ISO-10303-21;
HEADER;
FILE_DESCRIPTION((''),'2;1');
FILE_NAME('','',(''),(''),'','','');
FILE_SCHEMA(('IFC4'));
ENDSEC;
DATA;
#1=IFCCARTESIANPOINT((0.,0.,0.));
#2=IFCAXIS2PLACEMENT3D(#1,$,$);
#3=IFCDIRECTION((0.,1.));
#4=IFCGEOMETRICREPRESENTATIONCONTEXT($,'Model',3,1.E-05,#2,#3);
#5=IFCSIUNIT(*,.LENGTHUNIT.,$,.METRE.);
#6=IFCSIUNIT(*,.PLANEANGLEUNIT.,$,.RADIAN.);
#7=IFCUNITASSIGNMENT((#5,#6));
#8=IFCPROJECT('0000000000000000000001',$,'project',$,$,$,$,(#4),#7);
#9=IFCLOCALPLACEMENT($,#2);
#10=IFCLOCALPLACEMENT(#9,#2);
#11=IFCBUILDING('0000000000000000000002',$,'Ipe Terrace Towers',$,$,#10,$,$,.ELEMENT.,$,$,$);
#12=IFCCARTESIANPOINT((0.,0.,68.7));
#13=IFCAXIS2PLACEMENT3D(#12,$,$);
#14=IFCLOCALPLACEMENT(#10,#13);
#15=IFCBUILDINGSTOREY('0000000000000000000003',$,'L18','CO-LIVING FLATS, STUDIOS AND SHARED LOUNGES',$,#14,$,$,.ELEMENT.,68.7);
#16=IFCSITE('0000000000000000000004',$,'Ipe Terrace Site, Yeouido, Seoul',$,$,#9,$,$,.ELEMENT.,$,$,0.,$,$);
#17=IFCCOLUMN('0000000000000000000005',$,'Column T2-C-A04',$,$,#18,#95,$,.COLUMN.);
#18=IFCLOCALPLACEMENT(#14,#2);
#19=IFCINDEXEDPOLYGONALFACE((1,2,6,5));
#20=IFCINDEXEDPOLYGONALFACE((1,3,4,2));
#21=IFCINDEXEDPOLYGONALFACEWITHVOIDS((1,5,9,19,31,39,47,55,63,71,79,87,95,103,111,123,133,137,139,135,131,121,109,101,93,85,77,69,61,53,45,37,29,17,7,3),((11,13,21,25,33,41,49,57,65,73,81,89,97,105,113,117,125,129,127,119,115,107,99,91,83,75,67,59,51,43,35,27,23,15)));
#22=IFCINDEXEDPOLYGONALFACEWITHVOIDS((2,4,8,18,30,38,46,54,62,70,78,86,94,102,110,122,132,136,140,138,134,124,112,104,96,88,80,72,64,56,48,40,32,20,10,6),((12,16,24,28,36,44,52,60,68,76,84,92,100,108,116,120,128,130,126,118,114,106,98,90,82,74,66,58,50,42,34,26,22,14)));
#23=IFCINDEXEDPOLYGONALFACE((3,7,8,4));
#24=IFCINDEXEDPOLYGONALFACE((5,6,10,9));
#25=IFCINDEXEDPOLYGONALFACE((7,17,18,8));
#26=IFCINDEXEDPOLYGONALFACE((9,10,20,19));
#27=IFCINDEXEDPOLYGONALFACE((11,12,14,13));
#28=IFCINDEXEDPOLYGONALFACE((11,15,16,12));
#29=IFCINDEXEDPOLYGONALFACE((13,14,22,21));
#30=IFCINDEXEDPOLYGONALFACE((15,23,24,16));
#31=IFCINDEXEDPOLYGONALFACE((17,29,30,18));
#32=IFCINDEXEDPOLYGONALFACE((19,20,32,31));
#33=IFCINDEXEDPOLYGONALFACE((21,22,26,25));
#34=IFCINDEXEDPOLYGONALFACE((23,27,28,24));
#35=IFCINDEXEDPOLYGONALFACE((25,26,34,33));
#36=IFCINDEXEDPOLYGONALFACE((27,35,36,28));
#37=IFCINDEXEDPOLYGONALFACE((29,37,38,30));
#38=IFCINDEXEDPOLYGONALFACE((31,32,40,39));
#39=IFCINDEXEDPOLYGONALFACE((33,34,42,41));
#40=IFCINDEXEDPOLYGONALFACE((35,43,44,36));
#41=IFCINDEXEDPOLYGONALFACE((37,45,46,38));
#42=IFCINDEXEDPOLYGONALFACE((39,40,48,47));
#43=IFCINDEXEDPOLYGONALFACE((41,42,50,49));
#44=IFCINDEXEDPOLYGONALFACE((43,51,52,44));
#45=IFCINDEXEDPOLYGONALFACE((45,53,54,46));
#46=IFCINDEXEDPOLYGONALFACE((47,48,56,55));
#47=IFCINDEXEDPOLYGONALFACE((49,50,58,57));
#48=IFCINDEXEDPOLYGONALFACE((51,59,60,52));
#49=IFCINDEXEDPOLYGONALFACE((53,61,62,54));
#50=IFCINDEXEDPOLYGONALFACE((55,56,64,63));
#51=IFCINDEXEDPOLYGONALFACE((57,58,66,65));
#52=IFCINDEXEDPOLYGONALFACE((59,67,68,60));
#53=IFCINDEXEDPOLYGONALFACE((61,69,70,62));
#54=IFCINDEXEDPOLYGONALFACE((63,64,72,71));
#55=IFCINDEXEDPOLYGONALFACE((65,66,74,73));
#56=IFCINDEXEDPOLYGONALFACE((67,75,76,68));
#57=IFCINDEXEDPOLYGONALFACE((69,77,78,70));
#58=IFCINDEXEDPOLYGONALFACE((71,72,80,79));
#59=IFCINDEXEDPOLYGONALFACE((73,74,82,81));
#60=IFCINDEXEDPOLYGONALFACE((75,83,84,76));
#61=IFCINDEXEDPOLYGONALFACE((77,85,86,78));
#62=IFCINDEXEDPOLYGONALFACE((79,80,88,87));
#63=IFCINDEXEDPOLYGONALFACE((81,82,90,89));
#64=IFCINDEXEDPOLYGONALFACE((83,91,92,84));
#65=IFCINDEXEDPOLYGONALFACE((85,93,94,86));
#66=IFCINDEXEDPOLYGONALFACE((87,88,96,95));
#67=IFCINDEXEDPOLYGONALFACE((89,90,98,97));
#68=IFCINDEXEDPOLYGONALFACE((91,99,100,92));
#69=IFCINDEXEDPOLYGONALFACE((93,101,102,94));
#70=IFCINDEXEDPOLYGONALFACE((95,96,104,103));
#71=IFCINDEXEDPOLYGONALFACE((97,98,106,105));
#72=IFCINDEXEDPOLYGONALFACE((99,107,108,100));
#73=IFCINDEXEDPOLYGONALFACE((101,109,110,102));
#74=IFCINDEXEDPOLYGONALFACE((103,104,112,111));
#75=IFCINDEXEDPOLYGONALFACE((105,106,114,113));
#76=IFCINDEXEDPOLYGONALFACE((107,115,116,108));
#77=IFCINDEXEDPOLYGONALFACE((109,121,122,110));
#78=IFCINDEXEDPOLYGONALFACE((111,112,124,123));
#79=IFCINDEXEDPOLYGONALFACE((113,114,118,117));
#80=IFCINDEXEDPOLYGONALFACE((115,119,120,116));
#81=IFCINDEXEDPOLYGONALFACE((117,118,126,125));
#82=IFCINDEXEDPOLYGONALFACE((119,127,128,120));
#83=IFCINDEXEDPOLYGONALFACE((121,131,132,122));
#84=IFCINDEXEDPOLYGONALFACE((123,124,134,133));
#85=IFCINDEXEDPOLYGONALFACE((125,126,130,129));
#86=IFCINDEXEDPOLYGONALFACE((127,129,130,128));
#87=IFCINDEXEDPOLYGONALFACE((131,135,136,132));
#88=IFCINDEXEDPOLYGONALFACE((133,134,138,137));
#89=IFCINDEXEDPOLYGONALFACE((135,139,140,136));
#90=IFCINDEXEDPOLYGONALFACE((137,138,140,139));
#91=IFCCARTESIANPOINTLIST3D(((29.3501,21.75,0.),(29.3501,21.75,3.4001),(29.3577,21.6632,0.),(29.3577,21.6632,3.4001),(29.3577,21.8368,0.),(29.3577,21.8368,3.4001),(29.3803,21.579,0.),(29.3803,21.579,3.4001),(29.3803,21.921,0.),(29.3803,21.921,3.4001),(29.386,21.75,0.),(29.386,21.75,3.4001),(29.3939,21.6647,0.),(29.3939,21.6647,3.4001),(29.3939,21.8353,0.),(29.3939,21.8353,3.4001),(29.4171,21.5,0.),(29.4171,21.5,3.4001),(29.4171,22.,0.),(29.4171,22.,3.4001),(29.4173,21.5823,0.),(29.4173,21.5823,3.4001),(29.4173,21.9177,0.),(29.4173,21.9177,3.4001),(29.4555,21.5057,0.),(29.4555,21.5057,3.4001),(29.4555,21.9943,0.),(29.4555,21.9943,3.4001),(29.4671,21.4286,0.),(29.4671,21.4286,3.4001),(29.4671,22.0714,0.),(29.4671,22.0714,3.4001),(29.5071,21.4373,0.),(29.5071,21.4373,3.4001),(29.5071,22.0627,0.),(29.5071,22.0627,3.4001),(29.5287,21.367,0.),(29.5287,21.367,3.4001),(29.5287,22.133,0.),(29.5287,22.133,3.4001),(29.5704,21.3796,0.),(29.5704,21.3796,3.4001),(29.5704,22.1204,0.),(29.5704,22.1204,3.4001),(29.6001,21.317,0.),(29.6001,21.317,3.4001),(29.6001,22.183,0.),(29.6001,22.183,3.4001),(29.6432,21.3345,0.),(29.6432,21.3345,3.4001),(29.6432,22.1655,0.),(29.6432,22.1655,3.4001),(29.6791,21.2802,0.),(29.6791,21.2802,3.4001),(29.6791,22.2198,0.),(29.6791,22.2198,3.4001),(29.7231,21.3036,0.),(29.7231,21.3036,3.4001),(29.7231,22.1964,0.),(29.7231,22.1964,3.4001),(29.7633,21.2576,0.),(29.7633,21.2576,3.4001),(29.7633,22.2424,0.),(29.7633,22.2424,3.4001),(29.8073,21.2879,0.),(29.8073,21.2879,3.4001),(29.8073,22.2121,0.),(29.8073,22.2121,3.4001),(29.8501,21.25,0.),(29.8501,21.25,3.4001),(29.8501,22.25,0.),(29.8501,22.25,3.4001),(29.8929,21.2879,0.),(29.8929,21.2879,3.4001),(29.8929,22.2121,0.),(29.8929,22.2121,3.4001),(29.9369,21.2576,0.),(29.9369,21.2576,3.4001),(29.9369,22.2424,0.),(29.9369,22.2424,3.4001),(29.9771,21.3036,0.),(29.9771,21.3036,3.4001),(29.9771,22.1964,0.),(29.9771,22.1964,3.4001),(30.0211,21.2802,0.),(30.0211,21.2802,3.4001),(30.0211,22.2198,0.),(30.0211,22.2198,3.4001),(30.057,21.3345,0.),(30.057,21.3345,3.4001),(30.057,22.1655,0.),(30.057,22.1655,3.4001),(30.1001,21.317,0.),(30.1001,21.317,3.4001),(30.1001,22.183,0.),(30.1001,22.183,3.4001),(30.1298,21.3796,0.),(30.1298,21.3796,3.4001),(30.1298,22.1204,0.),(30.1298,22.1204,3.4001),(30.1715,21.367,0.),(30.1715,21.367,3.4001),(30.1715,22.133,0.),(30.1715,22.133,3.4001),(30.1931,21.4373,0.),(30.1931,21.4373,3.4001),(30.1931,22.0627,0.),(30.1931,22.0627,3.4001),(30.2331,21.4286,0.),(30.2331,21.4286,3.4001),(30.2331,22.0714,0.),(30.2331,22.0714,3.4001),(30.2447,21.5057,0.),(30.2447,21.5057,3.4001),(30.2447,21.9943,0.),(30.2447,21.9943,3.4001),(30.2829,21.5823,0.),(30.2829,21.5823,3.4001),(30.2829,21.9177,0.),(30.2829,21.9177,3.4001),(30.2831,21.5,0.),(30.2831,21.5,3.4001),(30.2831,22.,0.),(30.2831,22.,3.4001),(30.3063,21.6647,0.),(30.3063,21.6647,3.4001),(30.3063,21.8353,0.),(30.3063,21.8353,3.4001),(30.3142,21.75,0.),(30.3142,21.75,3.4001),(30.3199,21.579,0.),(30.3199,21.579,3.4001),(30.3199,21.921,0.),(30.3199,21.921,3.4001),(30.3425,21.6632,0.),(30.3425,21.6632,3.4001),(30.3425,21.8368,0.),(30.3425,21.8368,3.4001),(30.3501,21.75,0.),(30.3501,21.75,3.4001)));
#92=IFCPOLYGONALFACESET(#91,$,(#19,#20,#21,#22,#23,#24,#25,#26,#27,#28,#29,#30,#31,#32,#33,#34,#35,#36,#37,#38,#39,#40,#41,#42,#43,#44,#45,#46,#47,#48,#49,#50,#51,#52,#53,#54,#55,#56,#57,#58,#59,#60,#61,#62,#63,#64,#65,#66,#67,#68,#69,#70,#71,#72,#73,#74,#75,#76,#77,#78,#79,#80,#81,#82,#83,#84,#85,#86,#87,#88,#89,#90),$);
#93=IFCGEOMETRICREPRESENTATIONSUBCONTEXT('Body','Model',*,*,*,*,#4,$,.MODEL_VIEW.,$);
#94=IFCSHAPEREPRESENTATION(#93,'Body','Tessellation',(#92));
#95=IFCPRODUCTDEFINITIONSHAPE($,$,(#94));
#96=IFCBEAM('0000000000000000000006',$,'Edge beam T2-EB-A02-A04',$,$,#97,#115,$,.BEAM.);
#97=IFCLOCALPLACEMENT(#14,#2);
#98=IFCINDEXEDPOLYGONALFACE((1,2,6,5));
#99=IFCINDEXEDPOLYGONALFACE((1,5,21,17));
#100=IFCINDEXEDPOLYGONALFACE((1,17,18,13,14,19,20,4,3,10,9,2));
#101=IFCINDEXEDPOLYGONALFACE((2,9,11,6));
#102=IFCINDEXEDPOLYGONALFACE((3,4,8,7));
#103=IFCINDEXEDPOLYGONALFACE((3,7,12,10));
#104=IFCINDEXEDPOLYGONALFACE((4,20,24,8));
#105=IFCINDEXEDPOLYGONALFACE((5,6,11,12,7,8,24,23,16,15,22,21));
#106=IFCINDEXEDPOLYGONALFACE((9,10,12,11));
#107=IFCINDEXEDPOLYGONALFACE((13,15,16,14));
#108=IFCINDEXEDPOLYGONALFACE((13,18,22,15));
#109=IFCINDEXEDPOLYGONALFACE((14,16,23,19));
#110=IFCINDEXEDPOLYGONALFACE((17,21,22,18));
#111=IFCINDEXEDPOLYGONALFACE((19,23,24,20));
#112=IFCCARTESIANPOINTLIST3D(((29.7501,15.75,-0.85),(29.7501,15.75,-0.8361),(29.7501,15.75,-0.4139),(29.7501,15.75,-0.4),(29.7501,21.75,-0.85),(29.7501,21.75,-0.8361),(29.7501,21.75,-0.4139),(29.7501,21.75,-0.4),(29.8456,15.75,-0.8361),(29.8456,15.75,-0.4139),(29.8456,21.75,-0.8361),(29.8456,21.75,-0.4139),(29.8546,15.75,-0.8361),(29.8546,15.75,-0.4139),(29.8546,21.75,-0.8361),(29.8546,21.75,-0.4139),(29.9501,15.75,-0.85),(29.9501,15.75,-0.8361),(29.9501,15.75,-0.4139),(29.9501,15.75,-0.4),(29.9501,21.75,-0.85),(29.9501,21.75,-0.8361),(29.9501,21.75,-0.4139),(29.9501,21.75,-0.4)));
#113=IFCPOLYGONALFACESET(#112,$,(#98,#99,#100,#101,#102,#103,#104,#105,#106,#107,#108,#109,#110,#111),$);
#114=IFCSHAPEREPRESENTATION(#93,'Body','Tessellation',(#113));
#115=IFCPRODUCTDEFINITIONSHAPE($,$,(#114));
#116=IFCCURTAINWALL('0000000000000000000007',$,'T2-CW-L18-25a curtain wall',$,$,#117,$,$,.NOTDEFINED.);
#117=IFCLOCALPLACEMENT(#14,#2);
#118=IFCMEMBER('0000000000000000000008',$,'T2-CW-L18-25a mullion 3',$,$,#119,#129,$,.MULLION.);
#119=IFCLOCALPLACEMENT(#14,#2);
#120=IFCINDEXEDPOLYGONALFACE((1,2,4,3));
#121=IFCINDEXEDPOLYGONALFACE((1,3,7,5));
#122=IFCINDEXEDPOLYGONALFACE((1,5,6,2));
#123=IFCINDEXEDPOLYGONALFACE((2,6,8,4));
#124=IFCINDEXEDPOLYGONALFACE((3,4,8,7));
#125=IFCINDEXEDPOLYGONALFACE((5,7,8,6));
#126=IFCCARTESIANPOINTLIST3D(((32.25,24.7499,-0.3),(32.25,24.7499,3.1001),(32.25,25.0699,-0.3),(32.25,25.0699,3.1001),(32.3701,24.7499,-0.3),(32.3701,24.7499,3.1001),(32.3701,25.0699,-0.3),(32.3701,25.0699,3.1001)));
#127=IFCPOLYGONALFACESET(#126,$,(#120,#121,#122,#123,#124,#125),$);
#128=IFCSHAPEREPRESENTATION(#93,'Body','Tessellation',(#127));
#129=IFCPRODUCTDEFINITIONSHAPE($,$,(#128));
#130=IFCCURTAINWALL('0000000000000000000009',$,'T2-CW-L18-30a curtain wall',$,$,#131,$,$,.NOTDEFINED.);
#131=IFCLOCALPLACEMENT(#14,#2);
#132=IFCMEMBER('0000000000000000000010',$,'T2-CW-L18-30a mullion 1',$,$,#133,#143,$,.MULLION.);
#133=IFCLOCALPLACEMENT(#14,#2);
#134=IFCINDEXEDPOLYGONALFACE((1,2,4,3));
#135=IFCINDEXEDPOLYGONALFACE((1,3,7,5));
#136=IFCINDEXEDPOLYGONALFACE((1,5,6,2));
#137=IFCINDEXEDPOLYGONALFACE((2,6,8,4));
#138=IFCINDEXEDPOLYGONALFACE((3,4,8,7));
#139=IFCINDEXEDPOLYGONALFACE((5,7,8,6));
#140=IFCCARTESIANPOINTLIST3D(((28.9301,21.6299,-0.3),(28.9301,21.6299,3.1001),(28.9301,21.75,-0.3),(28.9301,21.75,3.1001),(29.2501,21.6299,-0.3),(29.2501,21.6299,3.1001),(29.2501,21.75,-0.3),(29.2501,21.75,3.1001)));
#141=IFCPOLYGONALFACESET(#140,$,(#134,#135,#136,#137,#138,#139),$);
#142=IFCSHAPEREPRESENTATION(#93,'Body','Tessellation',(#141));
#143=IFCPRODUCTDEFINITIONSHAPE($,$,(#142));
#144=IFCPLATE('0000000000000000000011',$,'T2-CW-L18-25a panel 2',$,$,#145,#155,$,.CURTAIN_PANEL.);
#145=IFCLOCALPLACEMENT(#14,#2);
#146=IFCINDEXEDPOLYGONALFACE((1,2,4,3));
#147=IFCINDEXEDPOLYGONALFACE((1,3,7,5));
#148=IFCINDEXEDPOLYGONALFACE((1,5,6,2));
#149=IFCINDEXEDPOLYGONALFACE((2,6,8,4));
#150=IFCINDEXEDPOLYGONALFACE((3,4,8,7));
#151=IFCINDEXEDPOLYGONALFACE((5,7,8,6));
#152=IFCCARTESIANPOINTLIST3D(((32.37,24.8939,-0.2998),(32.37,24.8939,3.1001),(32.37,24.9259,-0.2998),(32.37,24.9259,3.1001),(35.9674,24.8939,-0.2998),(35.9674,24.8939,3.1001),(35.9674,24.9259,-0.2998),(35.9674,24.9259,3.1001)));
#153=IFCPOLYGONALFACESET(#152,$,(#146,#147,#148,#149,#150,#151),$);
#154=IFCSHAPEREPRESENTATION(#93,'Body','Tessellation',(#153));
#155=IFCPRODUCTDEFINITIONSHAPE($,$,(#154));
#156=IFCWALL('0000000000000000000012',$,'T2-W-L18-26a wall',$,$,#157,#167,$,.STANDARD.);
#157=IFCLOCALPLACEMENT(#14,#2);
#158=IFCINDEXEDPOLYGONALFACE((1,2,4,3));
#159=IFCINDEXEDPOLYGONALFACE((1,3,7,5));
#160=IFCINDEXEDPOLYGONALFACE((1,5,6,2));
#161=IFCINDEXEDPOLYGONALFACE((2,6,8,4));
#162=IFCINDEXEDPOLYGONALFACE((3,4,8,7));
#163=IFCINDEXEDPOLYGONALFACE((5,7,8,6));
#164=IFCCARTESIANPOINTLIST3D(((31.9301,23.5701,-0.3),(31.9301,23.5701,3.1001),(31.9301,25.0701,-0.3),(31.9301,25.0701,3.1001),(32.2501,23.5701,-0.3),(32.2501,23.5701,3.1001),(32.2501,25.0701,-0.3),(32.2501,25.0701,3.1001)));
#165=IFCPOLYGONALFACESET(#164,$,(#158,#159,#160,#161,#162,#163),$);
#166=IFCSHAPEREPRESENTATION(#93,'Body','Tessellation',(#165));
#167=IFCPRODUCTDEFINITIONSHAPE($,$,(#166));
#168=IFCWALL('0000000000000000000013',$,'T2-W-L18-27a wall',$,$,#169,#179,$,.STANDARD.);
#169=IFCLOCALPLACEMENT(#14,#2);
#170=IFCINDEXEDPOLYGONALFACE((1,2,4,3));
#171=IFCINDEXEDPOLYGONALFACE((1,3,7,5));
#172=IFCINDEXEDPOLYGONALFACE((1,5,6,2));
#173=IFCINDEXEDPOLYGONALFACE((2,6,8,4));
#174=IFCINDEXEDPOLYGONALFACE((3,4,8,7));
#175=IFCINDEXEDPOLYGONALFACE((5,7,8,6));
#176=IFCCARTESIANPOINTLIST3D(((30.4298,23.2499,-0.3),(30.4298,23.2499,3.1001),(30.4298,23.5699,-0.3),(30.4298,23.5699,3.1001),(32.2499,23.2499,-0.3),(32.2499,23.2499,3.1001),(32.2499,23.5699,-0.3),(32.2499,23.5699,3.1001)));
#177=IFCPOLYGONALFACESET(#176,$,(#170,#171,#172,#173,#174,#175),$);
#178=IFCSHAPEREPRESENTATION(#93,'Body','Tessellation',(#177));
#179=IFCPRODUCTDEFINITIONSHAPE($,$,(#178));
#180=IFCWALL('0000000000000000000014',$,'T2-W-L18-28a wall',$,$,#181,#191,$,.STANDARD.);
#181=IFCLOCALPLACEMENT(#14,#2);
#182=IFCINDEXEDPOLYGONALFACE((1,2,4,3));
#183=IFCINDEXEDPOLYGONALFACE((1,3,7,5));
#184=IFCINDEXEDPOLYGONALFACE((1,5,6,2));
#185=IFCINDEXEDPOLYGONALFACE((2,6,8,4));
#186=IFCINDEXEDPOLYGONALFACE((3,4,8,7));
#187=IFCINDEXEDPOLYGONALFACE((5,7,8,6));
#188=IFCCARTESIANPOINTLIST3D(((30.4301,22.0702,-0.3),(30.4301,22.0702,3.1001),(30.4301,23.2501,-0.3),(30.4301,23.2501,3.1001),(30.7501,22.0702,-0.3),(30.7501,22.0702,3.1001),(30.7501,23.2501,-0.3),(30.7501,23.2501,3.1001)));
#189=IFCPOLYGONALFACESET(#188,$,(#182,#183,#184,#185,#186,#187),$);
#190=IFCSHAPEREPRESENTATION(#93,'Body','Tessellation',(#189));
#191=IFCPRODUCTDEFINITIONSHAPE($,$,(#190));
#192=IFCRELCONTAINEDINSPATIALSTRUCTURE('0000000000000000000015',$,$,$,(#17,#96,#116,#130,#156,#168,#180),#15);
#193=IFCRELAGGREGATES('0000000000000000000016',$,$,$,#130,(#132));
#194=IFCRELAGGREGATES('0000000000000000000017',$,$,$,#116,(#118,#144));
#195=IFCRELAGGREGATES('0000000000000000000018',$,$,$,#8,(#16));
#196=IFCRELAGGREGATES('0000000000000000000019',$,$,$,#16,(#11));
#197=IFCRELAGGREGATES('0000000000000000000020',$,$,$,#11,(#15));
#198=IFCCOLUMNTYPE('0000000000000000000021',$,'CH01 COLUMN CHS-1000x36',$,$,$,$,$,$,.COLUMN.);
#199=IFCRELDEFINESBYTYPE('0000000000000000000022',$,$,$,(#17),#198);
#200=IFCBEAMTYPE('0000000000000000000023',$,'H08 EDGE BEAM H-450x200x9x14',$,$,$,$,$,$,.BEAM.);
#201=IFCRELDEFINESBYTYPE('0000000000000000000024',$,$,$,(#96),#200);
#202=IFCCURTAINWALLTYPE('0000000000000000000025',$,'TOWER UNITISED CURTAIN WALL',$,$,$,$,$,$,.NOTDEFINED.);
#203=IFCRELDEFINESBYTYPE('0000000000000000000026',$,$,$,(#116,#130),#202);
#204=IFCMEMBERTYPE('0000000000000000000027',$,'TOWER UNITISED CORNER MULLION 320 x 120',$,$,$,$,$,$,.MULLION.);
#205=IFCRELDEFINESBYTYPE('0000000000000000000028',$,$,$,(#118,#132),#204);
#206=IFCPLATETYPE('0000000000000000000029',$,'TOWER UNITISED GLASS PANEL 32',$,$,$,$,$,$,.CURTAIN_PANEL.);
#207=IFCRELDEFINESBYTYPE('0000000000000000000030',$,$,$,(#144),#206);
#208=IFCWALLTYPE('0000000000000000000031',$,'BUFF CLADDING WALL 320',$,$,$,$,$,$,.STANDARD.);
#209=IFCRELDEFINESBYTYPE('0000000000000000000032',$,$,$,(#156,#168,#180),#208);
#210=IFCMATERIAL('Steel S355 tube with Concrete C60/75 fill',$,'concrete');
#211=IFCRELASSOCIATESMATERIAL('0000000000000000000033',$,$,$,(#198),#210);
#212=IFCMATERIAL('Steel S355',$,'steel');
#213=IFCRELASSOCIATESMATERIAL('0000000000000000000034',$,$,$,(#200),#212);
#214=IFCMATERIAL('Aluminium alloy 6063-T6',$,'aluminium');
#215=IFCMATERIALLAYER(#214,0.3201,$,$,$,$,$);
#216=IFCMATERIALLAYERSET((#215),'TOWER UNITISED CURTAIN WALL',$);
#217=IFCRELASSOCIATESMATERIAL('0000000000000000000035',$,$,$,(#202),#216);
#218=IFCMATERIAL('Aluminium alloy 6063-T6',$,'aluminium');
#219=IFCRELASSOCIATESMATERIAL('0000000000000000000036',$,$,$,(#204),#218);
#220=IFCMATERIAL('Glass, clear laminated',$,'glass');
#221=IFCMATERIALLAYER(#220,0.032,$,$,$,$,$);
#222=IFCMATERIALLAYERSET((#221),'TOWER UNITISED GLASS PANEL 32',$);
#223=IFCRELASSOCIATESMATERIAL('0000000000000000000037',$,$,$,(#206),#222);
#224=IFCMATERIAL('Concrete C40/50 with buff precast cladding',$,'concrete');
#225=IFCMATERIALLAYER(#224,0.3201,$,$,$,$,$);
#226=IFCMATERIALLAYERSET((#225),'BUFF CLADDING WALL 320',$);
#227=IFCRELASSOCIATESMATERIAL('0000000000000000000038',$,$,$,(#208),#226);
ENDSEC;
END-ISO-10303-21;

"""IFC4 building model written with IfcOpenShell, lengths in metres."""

from ifc_helpers import new_model, si_unit, direction, frame, frame_2d, origin, origin_2d, place, context, subcontext, project, spatial, rectangle, hollow_circle, i_section, extrude, material, layer, layer_set, material_profile, profile_set, type_object, element, aggregate, save


model = new_model("IFC4")

# Units and contexts
model_context = context("Model", 3, precision=1e-05, world=origin(), true_north=direction((0.0, 1.0)))
body_context = subcontext(model_context, "Body", "Model", "MODEL_VIEW")
ifc_project = project(units=[si_unit("LENGTHUNIT", "METRE"), si_unit("PLANEANGLEUNIT", "RADIAN")], contexts=[model_context])

# Site, building, storey
site_placement = place(None, origin())
site = spatial("IfcSite", under=ifc_project, at=site_placement, Name="Ipe Terrace Site, Yeouido, Seoul", CompositionType="ELEMENT", RefElevation=0.0)
building_placement = place(site_placement, origin())
building = spatial("IfcBuilding", under=site, at=building_placement, Name="Ipe Terrace Towers", CompositionType="ELEMENT")
storey_placement = place(building_placement, frame((0.0, 0.0, 68.7)))
storey = spatial("IfcBuildingStorey", under=building, at=storey_placement, Name="L18", Description="CO-LIVING FLATS, STUDIOS AND SHARED LOUNGES", CompositionType="ELEMENT", Elevation=68.7)

# Column
ifc_material_1 = material(Name="Steel S355 tube with Concrete C60/75 fill", Category="concrete")
ifc_material_profile_1 = material_profile(ifc_material_1, hollow_circle(Radius=0.5, WallThickness=0.0359, at=origin_2d()), Name="CHS-1000x36")
ifc_profile_set_1 = profile_set([ifc_material_profile_1], Name="Steel S355 tube with Concrete C60/75 fill")
column_type = type_object("IfcColumnType", Name="CH01 COLUMN CHS-1000x36", PredefinedType="COLUMN", material=ifc_profile_set_1)
column_placement = place(storey_placement, frame((29.8501, 21.75, 0.0), z_axis=(0.0, 0.0, 1.0), x_axis=(1.0, 0.0, 0.0)))
element("IfcColumn", 1, at=column_placement, inside=storey, type_object=column_type, Name="Column T2-C-A04", PredefinedType="COLUMN", context=body_context, shape_type="SweptSolid", body=[
    extrude(hollow_circle(Radius=0.5, WallThickness=0.0359, at=origin_2d()), origin(), (0.0, 0.0, 1.0), 3.4001),
])

# Beam
ifc_material_2 = material(Name="Steel S355", Category="steel")
ifc_material_profile_2 = material_profile(ifc_material_2, i_section(OverallWidth=0.2, OverallDepth=0.45, WebThickness=0.009, FlangeThickness=0.0139, at=origin_2d()), Name="H-450x200x9x14")
ifc_profile_set_2 = profile_set([ifc_material_profile_2], Name="Steel S355")
beam_type = type_object("IfcBeamType", Name="H08 EDGE BEAM H-450x200x9x14", PredefinedType="BEAM", material=ifc_profile_set_2)
beam_placement = place(storey_placement, frame((29.8501, 15.75, -0.625), z_axis=(0.0, 1.0, 0.0), x_axis=(-1.0, 0.0, 0.0)))
element("IfcBeam", 2, at=beam_placement, inside=storey, type_object=beam_type, Name="Edge beam T2-EB-A02-A04", PredefinedType="BEAM", context=body_context, shape_type="SweptSolid", body=[
    extrude(i_section(OverallWidth=0.2, OverallDepth=0.45, WebThickness=0.009, FlangeThickness=0.0139, at=origin_2d()), origin(), (0.0, 0.0, 1.0), 6.0),
])

# Curtain walls, members
ifc_material_3 = material(Name="Aluminium alloy 6063-T6", Category="aluminium")
ifc_layer_1 = layer(ifc_material_3, 0.3201)
ifc_layer_set_1 = layer_set([ifc_layer_1], Name="TOWER UNITISED CURTAIN WALL")
curtain_wall_type = type_object("IfcCurtainWallType", Name="TOWER UNITISED CURTAIN WALL", PredefinedType="NOTDEFINED", material=ifc_layer_set_1)
curtain_wall_1_placement = place(storey_placement, origin())
curtain_wall_1 = element("IfcCurtainWall", 3, at=curtain_wall_1_placement, inside=storey, type_object=curtain_wall_type, Name="T2-CW-L18-25a curtain wall", PredefinedType="NOTDEFINED")
ifc_material_4 = material(Name="Aluminium alloy 6063-T6", Category="aluminium")
ifc_material_profile_3 = material_profile(ifc_material_4, rectangle(XDim=0.3201, YDim=0.1201, at=origin_2d()), Name="TOWER UNITISED CORNER MULLION 320 x 120")
ifc_profile_set_3 = profile_set([ifc_material_profile_3], Name="Aluminium alloy 6063-T6")
member_type = type_object("IfcMemberType", Name="TOWER UNITISED CORNER MULLION 320 x 120", PredefinedType="MULLION", material=ifc_profile_set_3)
member_1_placement = place(storey_placement, frame((32.3101, 24.9099, -0.3), z_axis=(0.0, 0.0, 1.0), x_axis=(0.0, 1.0, 0.0)))
member_1 = element("IfcMember", 4, at=member_1_placement, type_object=member_type, Name="T2-CW-L18-25a mullion 3", PredefinedType="MULLION", context=body_context, shape_type="SweptSolid", body=[
    extrude(rectangle(XDim=0.3201, YDim=0.1201, at=origin_2d()), origin(), (0.0, 0.0, 1.0), 3.4001),
])
curtain_wall_2_placement = place(storey_placement, origin())
curtain_wall_2 = element("IfcCurtainWall", 5, at=curtain_wall_2_placement, inside=storey, type_object=curtain_wall_type, Name="T2-CW-L18-30a curtain wall", PredefinedType="NOTDEFINED")
member_2_placement = place(storey_placement, frame((29.0901, 21.6899, -0.3), z_axis=(0.0, 0.0, 1.0), x_axis=(-1.0, 0.0, 0.0)))
member_2 = element("IfcMember", 6, at=member_2_placement, type_object=member_type, Name="T2-CW-L18-30a mullion 1", PredefinedType="MULLION", context=body_context, shape_type="SweptSolid", body=[
    extrude(rectangle(XDim=0.3201, YDim=0.1201, at=origin_2d()), origin(), (0.0, 0.0, 1.0), 3.4001),
])
aggregate(curtain_wall_2, [member_2])

# Plate
ifc_material_5 = material(Name="Glass, clear laminated", Category="glass")
ifc_layer_2 = layer(ifc_material_5, 0.032)
ifc_layer_set_2 = layer_set([ifc_layer_2], Name="TOWER UNITISED GLASS PANEL 32")
plate_type = type_object("IfcPlateType", Name="TOWER UNITISED GLASS PANEL 32", PredefinedType="CURTAIN_PANEL", material=ifc_layer_set_2)
plate_placement = place(storey_placement, frame((34.1687, 24.9099, -0.2998), z_axis=(0.0, 0.0, 1.0), x_axis=(-1.0, 0.0, 0.0)))
plate = element("IfcPlate", 7, at=plate_placement, type_object=plate_type, Name="T2-CW-L18-25a panel 2", PredefinedType="CURTAIN_PANEL", context=body_context, shape_type="SweptSolid", body=[
    extrude(rectangle(XDim=3.5974, YDim=0.032, at=origin_2d()), origin(), (0.0, 0.0, 1.0), 3.3999),
])
aggregate(curtain_wall_1, [member_1, plate])

# Walls
ifc_material_6 = material(Name="Concrete C40/50 with buff precast cladding", Category="concrete")
ifc_layer_3 = layer(ifc_material_6, 0.3201)
ifc_layer_set_3 = layer_set([ifc_layer_3], Name="BUFF CLADDING WALL 320")
wall_type_1 = type_object("IfcWallType", Name="BUFF CLADDING WALL 320", PredefinedType="STANDARD", material=ifc_layer_set_3)
wall_1_placement = place(storey_placement, frame((32.0901, 25.0701, -0.3), z_axis=(0.0, 0.0, 1.0), x_axis=(0.0, -1.0, 0.0)))
element("IfcWall", 8, at=wall_1_placement, inside=storey, type_object=wall_type_1, Name="T2-W-L18-26a wall", PredefinedType="STANDARD", context=body_context, shape_type="SweptSolid", body=[
    extrude(rectangle(XDim=1.5, YDim=0.3201, at=frame_2d((0.75, 0.0))), origin(), (0.0, 0.0, 1.0), 3.4001),
])
wall_2_placement = place(storey_placement, frame((32.25, 23.4099, -0.3), z_axis=(0.0, 0.0, 1.0), x_axis=(-1.0, 0.0, 0.0)))
element("IfcWall", 9, at=wall_2_placement, inside=storey, type_object=wall_type_1, Name="T2-W-L18-27a wall", PredefinedType="STANDARD", context=body_context, shape_type="SweptSolid", body=[
    extrude(rectangle(XDim=1.8201, YDim=0.3201, at=frame_2d((0.9102, 0.0))), origin(), (0.0, 0.0, 1.0), 3.4001),
])
wall_3_placement = place(storey_placement, frame((30.5901, 23.25, -0.3), z_axis=(0.0, 0.0, 1.0), x_axis=(0.0, -1.0, 0.0)))
element("IfcWall", 10, at=wall_3_placement, inside=storey, type_object=wall_type_1, Name="T2-W-L18-28a wall", PredefinedType="STANDARD", context=body_context, shape_type="SweptSolid", body=[
    extrude(rectangle(XDim=1.1799, YDim=0.3201, at=frame_2d((0.5898, 0.0))), origin(), (0.0, 0.0, 1.0), 3.4001),
])

save(model, "model.ifc")
